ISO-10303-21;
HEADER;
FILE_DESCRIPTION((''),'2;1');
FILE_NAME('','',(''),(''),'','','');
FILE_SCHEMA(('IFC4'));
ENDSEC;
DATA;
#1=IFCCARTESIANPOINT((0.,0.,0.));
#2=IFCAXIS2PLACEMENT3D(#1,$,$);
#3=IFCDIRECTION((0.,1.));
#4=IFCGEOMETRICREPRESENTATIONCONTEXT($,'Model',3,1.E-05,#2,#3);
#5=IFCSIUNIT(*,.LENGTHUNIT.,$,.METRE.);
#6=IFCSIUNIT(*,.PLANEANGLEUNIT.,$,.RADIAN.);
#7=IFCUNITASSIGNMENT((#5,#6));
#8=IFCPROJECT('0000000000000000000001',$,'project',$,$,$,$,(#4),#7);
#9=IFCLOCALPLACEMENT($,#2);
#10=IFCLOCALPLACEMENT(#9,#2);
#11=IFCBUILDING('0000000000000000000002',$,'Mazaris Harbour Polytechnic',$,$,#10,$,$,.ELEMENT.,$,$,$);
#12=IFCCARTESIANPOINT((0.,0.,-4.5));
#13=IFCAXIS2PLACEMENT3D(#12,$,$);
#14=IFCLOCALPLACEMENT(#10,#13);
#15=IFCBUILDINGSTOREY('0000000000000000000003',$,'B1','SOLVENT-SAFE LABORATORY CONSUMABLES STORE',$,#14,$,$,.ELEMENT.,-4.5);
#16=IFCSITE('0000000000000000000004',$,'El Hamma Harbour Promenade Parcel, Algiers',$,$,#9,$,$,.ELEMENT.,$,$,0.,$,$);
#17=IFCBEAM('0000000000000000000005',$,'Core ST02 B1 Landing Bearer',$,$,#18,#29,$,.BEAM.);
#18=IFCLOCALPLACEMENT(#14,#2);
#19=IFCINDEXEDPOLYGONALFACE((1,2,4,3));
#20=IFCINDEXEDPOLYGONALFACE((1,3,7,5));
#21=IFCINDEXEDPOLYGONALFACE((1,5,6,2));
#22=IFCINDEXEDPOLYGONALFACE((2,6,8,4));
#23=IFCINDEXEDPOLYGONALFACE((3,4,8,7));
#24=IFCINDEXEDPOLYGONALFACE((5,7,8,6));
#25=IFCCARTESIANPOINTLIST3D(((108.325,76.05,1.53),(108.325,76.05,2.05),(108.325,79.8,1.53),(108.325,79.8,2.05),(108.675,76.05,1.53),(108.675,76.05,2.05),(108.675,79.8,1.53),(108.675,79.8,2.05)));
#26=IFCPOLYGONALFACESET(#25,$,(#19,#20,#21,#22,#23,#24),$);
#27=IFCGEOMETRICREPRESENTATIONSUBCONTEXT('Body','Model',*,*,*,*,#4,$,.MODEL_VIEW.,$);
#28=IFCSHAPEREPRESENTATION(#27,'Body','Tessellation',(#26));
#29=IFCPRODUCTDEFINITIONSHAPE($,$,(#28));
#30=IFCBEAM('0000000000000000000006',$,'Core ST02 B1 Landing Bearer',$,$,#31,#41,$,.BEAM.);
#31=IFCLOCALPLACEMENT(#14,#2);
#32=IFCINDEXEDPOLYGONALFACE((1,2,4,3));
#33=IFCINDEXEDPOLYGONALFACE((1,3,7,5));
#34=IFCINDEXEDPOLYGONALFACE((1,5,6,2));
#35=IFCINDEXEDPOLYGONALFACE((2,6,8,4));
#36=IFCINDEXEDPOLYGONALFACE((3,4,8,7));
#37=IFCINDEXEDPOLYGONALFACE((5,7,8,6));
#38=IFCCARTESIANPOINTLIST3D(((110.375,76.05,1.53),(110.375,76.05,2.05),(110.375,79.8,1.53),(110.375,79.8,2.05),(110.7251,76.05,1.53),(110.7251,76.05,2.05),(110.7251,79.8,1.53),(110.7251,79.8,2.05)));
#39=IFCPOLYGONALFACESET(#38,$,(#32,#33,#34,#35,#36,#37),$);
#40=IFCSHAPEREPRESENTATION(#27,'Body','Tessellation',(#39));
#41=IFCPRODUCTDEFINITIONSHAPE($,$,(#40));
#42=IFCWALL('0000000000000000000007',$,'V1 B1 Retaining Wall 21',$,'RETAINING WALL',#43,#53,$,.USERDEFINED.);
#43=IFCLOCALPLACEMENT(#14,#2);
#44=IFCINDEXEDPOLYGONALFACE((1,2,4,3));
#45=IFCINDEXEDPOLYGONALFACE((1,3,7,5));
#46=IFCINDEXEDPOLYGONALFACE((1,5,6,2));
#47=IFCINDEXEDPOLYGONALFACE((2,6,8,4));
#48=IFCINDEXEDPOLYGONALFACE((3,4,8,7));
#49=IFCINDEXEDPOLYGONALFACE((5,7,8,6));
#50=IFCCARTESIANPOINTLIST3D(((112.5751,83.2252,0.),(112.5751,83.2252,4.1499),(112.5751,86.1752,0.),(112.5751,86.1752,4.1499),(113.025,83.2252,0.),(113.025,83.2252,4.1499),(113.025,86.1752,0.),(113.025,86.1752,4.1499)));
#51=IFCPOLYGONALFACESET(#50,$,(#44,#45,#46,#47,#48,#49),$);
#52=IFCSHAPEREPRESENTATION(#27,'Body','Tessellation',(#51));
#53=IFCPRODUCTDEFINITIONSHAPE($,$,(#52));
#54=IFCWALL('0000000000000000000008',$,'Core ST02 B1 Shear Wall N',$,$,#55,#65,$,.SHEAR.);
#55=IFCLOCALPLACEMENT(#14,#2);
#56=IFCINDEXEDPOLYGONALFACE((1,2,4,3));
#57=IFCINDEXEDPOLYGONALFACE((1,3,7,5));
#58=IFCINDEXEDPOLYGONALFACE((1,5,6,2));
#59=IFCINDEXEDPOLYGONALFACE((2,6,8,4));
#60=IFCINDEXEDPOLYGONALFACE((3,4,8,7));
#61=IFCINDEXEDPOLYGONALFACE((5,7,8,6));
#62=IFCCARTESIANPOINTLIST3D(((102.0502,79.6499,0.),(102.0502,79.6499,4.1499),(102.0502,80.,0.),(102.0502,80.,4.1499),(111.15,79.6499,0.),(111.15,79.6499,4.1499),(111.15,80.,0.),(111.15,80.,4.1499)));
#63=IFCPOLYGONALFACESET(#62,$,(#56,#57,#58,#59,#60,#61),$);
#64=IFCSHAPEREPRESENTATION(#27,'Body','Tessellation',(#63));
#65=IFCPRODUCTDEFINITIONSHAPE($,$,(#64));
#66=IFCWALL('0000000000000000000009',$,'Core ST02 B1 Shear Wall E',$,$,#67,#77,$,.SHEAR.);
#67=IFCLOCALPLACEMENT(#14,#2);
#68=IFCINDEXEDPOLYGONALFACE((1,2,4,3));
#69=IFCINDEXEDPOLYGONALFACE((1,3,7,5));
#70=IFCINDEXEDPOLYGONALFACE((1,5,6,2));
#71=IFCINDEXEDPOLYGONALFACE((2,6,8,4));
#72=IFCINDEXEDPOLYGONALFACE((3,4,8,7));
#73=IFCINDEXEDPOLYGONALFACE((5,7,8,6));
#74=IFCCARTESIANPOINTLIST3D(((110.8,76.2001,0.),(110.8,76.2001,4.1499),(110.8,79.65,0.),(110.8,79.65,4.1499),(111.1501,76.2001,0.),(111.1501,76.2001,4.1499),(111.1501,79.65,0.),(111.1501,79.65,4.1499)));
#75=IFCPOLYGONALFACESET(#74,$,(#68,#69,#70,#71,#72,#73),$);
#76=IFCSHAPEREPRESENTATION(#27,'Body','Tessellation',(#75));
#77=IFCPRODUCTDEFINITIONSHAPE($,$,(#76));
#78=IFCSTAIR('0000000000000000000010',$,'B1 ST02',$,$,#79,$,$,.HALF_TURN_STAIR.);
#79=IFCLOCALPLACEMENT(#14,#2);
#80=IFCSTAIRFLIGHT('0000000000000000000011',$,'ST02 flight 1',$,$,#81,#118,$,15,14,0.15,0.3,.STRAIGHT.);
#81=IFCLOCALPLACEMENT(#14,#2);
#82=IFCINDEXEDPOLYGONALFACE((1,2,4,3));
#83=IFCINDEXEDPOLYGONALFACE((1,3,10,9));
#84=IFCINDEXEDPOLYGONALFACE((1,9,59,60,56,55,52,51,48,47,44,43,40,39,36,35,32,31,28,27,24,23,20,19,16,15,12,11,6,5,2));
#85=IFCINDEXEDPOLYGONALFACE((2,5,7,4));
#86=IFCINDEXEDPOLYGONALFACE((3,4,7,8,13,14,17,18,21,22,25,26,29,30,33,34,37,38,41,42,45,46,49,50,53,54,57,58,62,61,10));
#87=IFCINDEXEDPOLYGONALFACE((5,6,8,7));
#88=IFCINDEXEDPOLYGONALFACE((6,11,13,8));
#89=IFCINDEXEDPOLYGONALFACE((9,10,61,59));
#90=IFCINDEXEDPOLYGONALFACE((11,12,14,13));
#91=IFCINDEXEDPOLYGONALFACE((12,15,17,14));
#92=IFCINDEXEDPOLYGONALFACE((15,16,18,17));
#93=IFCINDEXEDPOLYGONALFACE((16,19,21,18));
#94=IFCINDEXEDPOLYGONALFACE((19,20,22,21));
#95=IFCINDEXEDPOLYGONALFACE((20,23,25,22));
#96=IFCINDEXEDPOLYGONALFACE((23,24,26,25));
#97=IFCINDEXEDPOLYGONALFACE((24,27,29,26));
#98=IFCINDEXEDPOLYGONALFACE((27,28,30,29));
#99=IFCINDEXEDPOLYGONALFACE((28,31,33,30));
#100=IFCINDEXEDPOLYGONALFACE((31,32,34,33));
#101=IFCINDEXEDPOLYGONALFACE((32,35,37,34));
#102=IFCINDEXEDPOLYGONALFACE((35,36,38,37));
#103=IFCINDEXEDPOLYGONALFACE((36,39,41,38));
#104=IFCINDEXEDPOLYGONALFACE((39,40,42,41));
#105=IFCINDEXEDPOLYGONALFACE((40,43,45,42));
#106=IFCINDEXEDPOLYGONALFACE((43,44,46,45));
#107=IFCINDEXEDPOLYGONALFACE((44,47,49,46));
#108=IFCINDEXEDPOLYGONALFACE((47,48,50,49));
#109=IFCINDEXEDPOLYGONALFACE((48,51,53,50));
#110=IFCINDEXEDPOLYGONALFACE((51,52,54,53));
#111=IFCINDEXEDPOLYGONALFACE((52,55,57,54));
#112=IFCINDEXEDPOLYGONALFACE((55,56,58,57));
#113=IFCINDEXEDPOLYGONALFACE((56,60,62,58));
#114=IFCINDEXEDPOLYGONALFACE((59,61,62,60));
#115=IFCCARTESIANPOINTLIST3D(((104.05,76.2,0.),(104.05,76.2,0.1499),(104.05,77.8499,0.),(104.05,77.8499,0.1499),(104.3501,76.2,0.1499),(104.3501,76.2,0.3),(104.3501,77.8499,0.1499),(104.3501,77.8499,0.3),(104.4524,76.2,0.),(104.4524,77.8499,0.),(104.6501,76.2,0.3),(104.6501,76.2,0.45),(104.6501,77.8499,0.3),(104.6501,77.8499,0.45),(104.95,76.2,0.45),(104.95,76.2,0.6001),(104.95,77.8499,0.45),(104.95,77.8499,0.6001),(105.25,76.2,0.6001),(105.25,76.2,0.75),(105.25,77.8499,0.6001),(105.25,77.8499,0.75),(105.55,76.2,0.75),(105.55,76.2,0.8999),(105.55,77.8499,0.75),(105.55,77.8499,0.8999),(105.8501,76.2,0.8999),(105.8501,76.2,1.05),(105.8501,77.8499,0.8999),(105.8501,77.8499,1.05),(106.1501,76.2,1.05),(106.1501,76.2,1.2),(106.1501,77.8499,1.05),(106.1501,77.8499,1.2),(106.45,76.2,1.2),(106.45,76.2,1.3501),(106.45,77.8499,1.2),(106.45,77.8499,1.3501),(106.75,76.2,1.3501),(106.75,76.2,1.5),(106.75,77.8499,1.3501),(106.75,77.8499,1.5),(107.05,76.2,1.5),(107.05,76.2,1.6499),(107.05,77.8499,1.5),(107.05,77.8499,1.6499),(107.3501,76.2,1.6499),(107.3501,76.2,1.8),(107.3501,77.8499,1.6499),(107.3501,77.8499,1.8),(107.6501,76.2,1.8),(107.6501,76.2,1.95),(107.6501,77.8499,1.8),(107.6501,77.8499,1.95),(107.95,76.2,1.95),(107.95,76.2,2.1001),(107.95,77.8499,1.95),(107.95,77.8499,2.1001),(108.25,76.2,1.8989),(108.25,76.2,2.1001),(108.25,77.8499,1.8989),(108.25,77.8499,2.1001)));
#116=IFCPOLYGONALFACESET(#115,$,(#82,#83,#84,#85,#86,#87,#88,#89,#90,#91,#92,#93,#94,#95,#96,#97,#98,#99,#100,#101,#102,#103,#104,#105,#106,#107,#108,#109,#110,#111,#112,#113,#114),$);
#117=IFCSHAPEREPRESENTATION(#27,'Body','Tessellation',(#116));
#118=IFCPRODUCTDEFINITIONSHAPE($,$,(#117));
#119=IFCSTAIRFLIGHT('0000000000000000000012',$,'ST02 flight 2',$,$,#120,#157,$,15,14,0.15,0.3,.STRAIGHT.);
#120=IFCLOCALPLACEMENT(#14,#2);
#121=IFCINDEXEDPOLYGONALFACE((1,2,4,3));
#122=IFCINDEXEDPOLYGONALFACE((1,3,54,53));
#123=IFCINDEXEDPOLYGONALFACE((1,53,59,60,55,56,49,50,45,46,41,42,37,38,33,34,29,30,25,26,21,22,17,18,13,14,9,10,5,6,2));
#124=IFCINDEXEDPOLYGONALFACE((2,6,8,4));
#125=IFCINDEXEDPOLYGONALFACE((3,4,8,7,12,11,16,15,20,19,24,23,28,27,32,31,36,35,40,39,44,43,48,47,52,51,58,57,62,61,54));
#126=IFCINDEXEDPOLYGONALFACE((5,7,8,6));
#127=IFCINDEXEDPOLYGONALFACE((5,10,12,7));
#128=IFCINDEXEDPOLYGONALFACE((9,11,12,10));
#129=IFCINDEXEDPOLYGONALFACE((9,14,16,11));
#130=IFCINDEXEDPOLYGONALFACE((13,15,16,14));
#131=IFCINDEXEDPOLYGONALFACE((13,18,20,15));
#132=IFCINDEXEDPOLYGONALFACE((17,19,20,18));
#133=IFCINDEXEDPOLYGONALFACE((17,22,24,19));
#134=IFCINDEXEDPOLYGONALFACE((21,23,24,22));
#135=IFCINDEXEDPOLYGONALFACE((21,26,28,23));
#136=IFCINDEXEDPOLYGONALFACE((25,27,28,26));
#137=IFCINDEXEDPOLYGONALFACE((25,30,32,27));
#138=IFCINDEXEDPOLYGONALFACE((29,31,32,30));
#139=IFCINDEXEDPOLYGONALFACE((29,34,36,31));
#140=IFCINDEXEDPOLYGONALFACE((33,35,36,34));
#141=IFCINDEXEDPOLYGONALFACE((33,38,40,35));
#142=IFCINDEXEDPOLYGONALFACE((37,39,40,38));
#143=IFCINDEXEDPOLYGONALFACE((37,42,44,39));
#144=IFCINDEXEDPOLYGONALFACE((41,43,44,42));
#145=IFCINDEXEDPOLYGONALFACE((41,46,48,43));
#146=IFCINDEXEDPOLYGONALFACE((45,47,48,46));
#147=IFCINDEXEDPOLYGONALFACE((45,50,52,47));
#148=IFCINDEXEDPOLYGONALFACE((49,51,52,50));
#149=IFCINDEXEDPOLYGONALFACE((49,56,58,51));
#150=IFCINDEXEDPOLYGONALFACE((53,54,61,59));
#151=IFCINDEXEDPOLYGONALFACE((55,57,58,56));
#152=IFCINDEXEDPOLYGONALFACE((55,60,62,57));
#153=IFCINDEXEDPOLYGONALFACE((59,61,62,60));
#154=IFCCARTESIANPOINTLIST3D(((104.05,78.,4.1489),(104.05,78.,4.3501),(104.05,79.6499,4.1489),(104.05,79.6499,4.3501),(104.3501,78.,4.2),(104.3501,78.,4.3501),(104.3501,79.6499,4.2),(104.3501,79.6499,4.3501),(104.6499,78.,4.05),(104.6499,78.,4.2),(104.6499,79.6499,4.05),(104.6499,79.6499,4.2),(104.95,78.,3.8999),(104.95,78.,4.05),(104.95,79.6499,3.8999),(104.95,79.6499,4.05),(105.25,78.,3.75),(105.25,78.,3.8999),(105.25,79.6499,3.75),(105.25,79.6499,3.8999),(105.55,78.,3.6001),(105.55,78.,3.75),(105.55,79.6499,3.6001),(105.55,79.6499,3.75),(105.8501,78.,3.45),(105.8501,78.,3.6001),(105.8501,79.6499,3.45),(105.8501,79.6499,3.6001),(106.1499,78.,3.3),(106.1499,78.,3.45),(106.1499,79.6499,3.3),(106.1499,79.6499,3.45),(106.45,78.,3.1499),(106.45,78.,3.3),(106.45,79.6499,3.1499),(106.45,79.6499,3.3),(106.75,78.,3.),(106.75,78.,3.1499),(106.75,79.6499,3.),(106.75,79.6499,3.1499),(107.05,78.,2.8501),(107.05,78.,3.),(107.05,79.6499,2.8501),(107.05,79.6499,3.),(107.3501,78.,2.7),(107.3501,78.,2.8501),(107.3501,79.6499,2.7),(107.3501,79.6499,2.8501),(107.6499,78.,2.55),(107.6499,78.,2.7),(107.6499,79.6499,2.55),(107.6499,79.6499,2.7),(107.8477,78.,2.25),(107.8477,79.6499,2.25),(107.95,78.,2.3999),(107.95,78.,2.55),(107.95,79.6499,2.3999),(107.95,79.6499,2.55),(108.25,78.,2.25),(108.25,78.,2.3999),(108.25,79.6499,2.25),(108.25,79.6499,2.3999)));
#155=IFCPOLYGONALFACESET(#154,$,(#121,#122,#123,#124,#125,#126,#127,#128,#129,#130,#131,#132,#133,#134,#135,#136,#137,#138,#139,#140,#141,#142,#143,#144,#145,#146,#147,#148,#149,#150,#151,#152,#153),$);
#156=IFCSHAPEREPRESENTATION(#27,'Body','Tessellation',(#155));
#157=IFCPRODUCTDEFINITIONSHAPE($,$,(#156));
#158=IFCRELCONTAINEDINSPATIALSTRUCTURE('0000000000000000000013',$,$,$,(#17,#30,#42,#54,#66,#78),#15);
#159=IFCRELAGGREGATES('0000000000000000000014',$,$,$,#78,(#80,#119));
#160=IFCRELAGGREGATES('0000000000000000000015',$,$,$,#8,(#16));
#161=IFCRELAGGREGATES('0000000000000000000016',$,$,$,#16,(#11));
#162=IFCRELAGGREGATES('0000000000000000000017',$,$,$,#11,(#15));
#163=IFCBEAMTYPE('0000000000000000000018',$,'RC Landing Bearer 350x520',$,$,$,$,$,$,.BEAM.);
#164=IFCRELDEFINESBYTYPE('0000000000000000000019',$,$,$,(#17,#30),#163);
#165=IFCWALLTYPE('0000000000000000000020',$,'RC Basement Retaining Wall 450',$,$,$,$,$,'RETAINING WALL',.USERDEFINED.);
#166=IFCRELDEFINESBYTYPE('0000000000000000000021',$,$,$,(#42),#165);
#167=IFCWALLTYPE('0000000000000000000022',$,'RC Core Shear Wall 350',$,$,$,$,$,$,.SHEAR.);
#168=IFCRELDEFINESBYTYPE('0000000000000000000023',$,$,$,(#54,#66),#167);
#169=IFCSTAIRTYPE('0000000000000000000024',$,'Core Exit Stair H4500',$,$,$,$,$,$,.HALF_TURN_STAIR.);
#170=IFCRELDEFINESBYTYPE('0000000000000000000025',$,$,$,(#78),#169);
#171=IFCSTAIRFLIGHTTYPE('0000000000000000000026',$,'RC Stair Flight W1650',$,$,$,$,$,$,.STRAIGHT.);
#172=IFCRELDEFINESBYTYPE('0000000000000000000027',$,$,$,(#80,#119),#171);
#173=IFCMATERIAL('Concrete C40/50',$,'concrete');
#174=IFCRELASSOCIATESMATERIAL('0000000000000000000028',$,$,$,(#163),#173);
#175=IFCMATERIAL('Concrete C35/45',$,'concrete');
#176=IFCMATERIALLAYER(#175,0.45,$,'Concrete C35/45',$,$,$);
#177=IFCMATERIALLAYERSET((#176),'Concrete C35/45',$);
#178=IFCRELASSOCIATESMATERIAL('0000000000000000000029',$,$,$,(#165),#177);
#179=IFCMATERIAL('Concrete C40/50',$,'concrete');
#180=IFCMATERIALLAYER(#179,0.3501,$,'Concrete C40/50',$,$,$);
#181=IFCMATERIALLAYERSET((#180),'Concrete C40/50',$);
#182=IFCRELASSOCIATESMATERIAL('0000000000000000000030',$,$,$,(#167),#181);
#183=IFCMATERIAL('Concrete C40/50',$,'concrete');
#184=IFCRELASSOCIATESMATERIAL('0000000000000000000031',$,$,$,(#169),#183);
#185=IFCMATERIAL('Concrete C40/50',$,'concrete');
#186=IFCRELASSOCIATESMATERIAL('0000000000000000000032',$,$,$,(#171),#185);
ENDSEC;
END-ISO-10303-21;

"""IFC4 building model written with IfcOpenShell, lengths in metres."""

from ifc_helpers import new_model, si_unit, direction, frame, frame_2d, origin, origin_2d, place, context, subcontext, project, spatial, polyline, rectangle, outline, extrude, material, layer, layer_set, material_profile, profile_set, type_object, element, aggregate, save


model = new_model("IFC4")

# Units and contexts
model_context = context("Model", 3, precision=1e-05, world=origin(), true_north=direction((0.0, 1.0)))
body_context = subcontext(model_context, "Body", "Model", "MODEL_VIEW")
ifc_project = project(units=[si_unit("LENGTHUNIT", "METRE"), si_unit("PLANEANGLEUNIT", "RADIAN")], contexts=[model_context])

# Site, building, storey
site_placement = place(None, origin())
site = spatial("IfcSite", under=ifc_project, at=site_placement, Name="El Hamma Harbour Promenade Parcel, Algiers", CompositionType="ELEMENT", RefElevation=0.0)
building_placement = place(site_placement, origin())
building = spatial("IfcBuilding", under=site, at=building_placement, Name="Mazaris Harbour Polytechnic", CompositionType="ELEMENT")
storey_placement = place(building_placement, frame((0.0, 0.0, -4.5)))
storey = spatial("IfcBuildingStorey", under=building, at=storey_placement, Name="B1", Description="SOLVENT-SAFE LABORATORY CONSUMABLES STORE", CompositionType="ELEMENT", Elevation=-4.5)

# Beams
ifc_material_1 = material(Name="Concrete C40/50", Category="concrete")
ifc_material_profile_1 = material_profile(ifc_material_1, rectangle(XDim=0.3501, YDim=0.52, at=origin_2d()), Name="RECT350x520")
ifc_profile_set_1 = profile_set([ifc_material_profile_1], Name="Concrete C40/50")
beam_type_1 = type_object("IfcBeamType", Name="RC Landing Bearer 350x520", PredefinedType="BEAM", material=ifc_profile_set_1)
for number, where, z_axis, x_axis, name in (
    (1, (108.5, 76.05, 1.79), (0.0, 1.0, 0.0), (-1.0, 0.0, 0.0), "Core ST02 B1 Landing Bearer"),
    (2, (110.55, 76.05, 1.79), (0.0, 1.0, 0.0), (-1.0, 0.0, 0.0), "Core ST02 B1 Landing Bearer"),
):
    element("IfcBeam", number, at=place(storey_placement, frame(where, z_axis=z_axis, x_axis=x_axis)), inside=storey, type_object=beam_type_1, Name=name, PredefinedType="BEAM", context=body_context, shape_type="SweptSolid", body=[
        extrude(rectangle(XDim=0.3501, YDim=0.52, at=origin_2d()), origin(), (0.0, 0.0, 1.0), 3.75),
    ])

# Walls
ifc_material_2 = material(Name="Concrete C35/45", Category="concrete")
ifc_layer_1 = layer(ifc_material_2, 0.45, Name="Concrete C35/45")
ifc_layer_set_1 = layer_set([ifc_layer_1], Name="Concrete C35/45")
wall_type_1 = type_object("IfcWallType", Name="RC Basement Retaining Wall 450", ElementType="RETAINING WALL", PredefinedType="USERDEFINED", material=ifc_layer_set_1)
wall_1_placement = place(storey_placement, frame((112.8, 83.2251, 0.0), z_axis=(0.0, 0.0, 1.0), x_axis=(0.0, 1.0, 0.0)))
element("IfcWall", 3, at=wall_1_placement, inside=storey, type_object=wall_type_1, Name="V1 B1 Retaining Wall 21", ObjectType="RETAINING WALL", PredefinedType="USERDEFINED", context=body_context, shape_type="SweptSolid", body=[
    extrude(rectangle(XDim=2.95, YDim=0.45, at=frame_2d((1.4751, 0.0))), origin(), (0.0, 0.0, 1.0), 4.1499),
])
ifc_material_3 = material(Name="Concrete C40/50", Category="concrete")
ifc_layer_2 = layer(ifc_material_3, 0.3501, Name="Concrete C40/50")
ifc_layer_set_2 = layer_set([ifc_layer_2], Name="Concrete C40/50")
wall_type_2 = type_object("IfcWallType", Name="RC Core Shear Wall 350", PredefinedType="SHEAR", material=ifc_layer_set_2)
wall_2_placement = place(storey_placement, frame((111.1499, 79.825, 0.0), z_axis=(0.0, 0.0, 1.0), x_axis=(-1.0, 0.0, 0.0)))
element("IfcWall", 4, at=wall_2_placement, inside=storey, type_object=wall_type_2, Name="Core ST02 B1 Shear Wall N", PredefinedType="SHEAR", context=body_context, shape_type="SweptSolid", body=[
    extrude(rectangle(XDim=9.0999, YDim=0.3501, at=frame_2d((4.5498, 0.0))), origin(), (0.0, 0.0, 1.0), 4.1499),
])
wall_3_placement = place(storey_placement, frame((110.9751, 76.2, 0.0), z_axis=(0.0, 0.0, 1.0), x_axis=(0.0, 1.0, 0.0)))
element("IfcWall", 5, at=wall_3_placement, inside=storey, type_object=wall_type_2, Name="Core ST02 B1 Shear Wall E", PredefinedType="SHEAR", context=body_context, shape_type="SweptSolid", body=[
    extrude(rectangle(XDim=3.45, YDim=0.3501, at=frame_2d((1.7251, 0.0))), origin(), (0.0, 0.0, 1.0), 4.1499),
])

# Stair, stair flights
ifc_material_4 = material(Name="Concrete C40/50", Category="concrete")
stair_type = type_object("IfcStairType", Name="Core Exit Stair H4500", PredefinedType="HALF_TURN_STAIR", material=ifc_material_4)
stair_placement = place(storey_placement, origin())
stair = element("IfcStair", 6, at=stair_placement, inside=storey, type_object=stair_type, Name="B1 ST02", PredefinedType="HALF_TURN_STAIR")
ifc_material_5 = material(Name="Concrete C40/50", Category="concrete")
stair_flight_type = type_object("IfcStairFlightType", Name="RC Stair Flight W1650", PredefinedType="STRAIGHT", material=ifc_material_5)
stair_flight_1_placement = place(storey_placement, frame((104.05, 77.0249, 0.0), z_axis=(0.0, 0.0, 1.0), x_axis=(1.0, 0.0, 0.0)))
stair_flight_1 = element("IfcStairFlight", 7, at=stair_flight_1_placement, type_object=stair_flight_type, Name="ST02 flight 1", NumberOfRisers=15, NumberOfTreads=14, PredefinedType="STRAIGHT", RiserHeight=0.15, TreadLength=0.3, context=body_context, shape_type="SweptSolid", body=[
    extrude(outline(polyline([(0.0, 0.0), (0.0, 0.1499), (0.3, 0.1499), (0.3, 0.3), (0.6001, 0.3), (0.6001, 0.45), (0.8999, 0.45), (0.8999, 0.6001), (1.2, 0.6001), (1.2, 0.75), (1.5, 0.75), (1.5, 0.8999), (1.8, 0.8999), (1.8, 1.05), (2.1001, 1.05), (2.1001, 1.2), (2.3999, 1.2), (2.3999, 1.3501), (2.7, 1.3501), (2.7, 1.5), (3.0, 1.5), (3.0, 1.6499), (3.3, 1.6499), (3.3, 1.8), (3.6001, 1.8), (3.6001, 1.95), (3.8999, 1.95), (3.8999, 2.1001), (4.2, 2.1001), (4.2, 2.25), (4.2, 1.8989), (0.4023, 0.0), (0.0, 0.0)])), frame((0.0, 0.825, 0.0), z_axis=(0.0, -1.0, 0.0), x_axis=(1.0, 0.0, 0.0)), (0.0, 0.0, 1.0), 1.6499),
])
stair_flight_2_placement = place(storey_placement, frame((108.25, 78.825, 2.25), z_axis=(0.0, 0.0, 1.0), x_axis=(-1.0, 0.0, 0.0)))
stair_flight_2 = element("IfcStairFlight", 8, at=stair_flight_2_placement, type_object=stair_flight_type, Name="ST02 flight 2", NumberOfRisers=15, NumberOfTreads=14, PredefinedType="STRAIGHT", RiserHeight=0.15, TreadLength=0.3, context=body_context, shape_type="SweptSolid", body=[
    extrude(outline(polyline([(0.0, 0.0), (0.0, 0.1499), (0.3, 0.1499), (0.3, 0.3), (0.6001, 0.3), (0.6001, 0.45), (0.8999, 0.45), (0.8999, 0.6001), (1.2, 0.6001), (1.2, 0.75), (1.5, 0.75), (1.5, 0.8999), (1.8, 0.8999), (1.8, 1.05), (2.1001, 1.05), (2.1001, 1.2), (2.3999, 1.2), (2.3999, 1.3501), (2.7, 1.3501), (2.7, 1.5), (3.0, 1.5), (3.0, 1.6499), (3.3, 1.6499), (3.3, 1.8), (3.6001, 1.8), (3.6001, 1.95), (3.8999, 1.95), (3.8999, 2.1001), (4.2, 2.1001), (4.2, 2.25), (4.2, 1.8989), (0.4023, 0.0), (0.0, 0.0)])), frame((0.0, 0.825, 0.0), z_axis=(0.0, -1.0, 0.0), x_axis=(1.0, 0.0, 0.0)), (0.0, 0.0, 1.0), 1.6499),
])
aggregate(stair, [stair_flight_1, stair_flight_2])

save(model, "model.ifc")
